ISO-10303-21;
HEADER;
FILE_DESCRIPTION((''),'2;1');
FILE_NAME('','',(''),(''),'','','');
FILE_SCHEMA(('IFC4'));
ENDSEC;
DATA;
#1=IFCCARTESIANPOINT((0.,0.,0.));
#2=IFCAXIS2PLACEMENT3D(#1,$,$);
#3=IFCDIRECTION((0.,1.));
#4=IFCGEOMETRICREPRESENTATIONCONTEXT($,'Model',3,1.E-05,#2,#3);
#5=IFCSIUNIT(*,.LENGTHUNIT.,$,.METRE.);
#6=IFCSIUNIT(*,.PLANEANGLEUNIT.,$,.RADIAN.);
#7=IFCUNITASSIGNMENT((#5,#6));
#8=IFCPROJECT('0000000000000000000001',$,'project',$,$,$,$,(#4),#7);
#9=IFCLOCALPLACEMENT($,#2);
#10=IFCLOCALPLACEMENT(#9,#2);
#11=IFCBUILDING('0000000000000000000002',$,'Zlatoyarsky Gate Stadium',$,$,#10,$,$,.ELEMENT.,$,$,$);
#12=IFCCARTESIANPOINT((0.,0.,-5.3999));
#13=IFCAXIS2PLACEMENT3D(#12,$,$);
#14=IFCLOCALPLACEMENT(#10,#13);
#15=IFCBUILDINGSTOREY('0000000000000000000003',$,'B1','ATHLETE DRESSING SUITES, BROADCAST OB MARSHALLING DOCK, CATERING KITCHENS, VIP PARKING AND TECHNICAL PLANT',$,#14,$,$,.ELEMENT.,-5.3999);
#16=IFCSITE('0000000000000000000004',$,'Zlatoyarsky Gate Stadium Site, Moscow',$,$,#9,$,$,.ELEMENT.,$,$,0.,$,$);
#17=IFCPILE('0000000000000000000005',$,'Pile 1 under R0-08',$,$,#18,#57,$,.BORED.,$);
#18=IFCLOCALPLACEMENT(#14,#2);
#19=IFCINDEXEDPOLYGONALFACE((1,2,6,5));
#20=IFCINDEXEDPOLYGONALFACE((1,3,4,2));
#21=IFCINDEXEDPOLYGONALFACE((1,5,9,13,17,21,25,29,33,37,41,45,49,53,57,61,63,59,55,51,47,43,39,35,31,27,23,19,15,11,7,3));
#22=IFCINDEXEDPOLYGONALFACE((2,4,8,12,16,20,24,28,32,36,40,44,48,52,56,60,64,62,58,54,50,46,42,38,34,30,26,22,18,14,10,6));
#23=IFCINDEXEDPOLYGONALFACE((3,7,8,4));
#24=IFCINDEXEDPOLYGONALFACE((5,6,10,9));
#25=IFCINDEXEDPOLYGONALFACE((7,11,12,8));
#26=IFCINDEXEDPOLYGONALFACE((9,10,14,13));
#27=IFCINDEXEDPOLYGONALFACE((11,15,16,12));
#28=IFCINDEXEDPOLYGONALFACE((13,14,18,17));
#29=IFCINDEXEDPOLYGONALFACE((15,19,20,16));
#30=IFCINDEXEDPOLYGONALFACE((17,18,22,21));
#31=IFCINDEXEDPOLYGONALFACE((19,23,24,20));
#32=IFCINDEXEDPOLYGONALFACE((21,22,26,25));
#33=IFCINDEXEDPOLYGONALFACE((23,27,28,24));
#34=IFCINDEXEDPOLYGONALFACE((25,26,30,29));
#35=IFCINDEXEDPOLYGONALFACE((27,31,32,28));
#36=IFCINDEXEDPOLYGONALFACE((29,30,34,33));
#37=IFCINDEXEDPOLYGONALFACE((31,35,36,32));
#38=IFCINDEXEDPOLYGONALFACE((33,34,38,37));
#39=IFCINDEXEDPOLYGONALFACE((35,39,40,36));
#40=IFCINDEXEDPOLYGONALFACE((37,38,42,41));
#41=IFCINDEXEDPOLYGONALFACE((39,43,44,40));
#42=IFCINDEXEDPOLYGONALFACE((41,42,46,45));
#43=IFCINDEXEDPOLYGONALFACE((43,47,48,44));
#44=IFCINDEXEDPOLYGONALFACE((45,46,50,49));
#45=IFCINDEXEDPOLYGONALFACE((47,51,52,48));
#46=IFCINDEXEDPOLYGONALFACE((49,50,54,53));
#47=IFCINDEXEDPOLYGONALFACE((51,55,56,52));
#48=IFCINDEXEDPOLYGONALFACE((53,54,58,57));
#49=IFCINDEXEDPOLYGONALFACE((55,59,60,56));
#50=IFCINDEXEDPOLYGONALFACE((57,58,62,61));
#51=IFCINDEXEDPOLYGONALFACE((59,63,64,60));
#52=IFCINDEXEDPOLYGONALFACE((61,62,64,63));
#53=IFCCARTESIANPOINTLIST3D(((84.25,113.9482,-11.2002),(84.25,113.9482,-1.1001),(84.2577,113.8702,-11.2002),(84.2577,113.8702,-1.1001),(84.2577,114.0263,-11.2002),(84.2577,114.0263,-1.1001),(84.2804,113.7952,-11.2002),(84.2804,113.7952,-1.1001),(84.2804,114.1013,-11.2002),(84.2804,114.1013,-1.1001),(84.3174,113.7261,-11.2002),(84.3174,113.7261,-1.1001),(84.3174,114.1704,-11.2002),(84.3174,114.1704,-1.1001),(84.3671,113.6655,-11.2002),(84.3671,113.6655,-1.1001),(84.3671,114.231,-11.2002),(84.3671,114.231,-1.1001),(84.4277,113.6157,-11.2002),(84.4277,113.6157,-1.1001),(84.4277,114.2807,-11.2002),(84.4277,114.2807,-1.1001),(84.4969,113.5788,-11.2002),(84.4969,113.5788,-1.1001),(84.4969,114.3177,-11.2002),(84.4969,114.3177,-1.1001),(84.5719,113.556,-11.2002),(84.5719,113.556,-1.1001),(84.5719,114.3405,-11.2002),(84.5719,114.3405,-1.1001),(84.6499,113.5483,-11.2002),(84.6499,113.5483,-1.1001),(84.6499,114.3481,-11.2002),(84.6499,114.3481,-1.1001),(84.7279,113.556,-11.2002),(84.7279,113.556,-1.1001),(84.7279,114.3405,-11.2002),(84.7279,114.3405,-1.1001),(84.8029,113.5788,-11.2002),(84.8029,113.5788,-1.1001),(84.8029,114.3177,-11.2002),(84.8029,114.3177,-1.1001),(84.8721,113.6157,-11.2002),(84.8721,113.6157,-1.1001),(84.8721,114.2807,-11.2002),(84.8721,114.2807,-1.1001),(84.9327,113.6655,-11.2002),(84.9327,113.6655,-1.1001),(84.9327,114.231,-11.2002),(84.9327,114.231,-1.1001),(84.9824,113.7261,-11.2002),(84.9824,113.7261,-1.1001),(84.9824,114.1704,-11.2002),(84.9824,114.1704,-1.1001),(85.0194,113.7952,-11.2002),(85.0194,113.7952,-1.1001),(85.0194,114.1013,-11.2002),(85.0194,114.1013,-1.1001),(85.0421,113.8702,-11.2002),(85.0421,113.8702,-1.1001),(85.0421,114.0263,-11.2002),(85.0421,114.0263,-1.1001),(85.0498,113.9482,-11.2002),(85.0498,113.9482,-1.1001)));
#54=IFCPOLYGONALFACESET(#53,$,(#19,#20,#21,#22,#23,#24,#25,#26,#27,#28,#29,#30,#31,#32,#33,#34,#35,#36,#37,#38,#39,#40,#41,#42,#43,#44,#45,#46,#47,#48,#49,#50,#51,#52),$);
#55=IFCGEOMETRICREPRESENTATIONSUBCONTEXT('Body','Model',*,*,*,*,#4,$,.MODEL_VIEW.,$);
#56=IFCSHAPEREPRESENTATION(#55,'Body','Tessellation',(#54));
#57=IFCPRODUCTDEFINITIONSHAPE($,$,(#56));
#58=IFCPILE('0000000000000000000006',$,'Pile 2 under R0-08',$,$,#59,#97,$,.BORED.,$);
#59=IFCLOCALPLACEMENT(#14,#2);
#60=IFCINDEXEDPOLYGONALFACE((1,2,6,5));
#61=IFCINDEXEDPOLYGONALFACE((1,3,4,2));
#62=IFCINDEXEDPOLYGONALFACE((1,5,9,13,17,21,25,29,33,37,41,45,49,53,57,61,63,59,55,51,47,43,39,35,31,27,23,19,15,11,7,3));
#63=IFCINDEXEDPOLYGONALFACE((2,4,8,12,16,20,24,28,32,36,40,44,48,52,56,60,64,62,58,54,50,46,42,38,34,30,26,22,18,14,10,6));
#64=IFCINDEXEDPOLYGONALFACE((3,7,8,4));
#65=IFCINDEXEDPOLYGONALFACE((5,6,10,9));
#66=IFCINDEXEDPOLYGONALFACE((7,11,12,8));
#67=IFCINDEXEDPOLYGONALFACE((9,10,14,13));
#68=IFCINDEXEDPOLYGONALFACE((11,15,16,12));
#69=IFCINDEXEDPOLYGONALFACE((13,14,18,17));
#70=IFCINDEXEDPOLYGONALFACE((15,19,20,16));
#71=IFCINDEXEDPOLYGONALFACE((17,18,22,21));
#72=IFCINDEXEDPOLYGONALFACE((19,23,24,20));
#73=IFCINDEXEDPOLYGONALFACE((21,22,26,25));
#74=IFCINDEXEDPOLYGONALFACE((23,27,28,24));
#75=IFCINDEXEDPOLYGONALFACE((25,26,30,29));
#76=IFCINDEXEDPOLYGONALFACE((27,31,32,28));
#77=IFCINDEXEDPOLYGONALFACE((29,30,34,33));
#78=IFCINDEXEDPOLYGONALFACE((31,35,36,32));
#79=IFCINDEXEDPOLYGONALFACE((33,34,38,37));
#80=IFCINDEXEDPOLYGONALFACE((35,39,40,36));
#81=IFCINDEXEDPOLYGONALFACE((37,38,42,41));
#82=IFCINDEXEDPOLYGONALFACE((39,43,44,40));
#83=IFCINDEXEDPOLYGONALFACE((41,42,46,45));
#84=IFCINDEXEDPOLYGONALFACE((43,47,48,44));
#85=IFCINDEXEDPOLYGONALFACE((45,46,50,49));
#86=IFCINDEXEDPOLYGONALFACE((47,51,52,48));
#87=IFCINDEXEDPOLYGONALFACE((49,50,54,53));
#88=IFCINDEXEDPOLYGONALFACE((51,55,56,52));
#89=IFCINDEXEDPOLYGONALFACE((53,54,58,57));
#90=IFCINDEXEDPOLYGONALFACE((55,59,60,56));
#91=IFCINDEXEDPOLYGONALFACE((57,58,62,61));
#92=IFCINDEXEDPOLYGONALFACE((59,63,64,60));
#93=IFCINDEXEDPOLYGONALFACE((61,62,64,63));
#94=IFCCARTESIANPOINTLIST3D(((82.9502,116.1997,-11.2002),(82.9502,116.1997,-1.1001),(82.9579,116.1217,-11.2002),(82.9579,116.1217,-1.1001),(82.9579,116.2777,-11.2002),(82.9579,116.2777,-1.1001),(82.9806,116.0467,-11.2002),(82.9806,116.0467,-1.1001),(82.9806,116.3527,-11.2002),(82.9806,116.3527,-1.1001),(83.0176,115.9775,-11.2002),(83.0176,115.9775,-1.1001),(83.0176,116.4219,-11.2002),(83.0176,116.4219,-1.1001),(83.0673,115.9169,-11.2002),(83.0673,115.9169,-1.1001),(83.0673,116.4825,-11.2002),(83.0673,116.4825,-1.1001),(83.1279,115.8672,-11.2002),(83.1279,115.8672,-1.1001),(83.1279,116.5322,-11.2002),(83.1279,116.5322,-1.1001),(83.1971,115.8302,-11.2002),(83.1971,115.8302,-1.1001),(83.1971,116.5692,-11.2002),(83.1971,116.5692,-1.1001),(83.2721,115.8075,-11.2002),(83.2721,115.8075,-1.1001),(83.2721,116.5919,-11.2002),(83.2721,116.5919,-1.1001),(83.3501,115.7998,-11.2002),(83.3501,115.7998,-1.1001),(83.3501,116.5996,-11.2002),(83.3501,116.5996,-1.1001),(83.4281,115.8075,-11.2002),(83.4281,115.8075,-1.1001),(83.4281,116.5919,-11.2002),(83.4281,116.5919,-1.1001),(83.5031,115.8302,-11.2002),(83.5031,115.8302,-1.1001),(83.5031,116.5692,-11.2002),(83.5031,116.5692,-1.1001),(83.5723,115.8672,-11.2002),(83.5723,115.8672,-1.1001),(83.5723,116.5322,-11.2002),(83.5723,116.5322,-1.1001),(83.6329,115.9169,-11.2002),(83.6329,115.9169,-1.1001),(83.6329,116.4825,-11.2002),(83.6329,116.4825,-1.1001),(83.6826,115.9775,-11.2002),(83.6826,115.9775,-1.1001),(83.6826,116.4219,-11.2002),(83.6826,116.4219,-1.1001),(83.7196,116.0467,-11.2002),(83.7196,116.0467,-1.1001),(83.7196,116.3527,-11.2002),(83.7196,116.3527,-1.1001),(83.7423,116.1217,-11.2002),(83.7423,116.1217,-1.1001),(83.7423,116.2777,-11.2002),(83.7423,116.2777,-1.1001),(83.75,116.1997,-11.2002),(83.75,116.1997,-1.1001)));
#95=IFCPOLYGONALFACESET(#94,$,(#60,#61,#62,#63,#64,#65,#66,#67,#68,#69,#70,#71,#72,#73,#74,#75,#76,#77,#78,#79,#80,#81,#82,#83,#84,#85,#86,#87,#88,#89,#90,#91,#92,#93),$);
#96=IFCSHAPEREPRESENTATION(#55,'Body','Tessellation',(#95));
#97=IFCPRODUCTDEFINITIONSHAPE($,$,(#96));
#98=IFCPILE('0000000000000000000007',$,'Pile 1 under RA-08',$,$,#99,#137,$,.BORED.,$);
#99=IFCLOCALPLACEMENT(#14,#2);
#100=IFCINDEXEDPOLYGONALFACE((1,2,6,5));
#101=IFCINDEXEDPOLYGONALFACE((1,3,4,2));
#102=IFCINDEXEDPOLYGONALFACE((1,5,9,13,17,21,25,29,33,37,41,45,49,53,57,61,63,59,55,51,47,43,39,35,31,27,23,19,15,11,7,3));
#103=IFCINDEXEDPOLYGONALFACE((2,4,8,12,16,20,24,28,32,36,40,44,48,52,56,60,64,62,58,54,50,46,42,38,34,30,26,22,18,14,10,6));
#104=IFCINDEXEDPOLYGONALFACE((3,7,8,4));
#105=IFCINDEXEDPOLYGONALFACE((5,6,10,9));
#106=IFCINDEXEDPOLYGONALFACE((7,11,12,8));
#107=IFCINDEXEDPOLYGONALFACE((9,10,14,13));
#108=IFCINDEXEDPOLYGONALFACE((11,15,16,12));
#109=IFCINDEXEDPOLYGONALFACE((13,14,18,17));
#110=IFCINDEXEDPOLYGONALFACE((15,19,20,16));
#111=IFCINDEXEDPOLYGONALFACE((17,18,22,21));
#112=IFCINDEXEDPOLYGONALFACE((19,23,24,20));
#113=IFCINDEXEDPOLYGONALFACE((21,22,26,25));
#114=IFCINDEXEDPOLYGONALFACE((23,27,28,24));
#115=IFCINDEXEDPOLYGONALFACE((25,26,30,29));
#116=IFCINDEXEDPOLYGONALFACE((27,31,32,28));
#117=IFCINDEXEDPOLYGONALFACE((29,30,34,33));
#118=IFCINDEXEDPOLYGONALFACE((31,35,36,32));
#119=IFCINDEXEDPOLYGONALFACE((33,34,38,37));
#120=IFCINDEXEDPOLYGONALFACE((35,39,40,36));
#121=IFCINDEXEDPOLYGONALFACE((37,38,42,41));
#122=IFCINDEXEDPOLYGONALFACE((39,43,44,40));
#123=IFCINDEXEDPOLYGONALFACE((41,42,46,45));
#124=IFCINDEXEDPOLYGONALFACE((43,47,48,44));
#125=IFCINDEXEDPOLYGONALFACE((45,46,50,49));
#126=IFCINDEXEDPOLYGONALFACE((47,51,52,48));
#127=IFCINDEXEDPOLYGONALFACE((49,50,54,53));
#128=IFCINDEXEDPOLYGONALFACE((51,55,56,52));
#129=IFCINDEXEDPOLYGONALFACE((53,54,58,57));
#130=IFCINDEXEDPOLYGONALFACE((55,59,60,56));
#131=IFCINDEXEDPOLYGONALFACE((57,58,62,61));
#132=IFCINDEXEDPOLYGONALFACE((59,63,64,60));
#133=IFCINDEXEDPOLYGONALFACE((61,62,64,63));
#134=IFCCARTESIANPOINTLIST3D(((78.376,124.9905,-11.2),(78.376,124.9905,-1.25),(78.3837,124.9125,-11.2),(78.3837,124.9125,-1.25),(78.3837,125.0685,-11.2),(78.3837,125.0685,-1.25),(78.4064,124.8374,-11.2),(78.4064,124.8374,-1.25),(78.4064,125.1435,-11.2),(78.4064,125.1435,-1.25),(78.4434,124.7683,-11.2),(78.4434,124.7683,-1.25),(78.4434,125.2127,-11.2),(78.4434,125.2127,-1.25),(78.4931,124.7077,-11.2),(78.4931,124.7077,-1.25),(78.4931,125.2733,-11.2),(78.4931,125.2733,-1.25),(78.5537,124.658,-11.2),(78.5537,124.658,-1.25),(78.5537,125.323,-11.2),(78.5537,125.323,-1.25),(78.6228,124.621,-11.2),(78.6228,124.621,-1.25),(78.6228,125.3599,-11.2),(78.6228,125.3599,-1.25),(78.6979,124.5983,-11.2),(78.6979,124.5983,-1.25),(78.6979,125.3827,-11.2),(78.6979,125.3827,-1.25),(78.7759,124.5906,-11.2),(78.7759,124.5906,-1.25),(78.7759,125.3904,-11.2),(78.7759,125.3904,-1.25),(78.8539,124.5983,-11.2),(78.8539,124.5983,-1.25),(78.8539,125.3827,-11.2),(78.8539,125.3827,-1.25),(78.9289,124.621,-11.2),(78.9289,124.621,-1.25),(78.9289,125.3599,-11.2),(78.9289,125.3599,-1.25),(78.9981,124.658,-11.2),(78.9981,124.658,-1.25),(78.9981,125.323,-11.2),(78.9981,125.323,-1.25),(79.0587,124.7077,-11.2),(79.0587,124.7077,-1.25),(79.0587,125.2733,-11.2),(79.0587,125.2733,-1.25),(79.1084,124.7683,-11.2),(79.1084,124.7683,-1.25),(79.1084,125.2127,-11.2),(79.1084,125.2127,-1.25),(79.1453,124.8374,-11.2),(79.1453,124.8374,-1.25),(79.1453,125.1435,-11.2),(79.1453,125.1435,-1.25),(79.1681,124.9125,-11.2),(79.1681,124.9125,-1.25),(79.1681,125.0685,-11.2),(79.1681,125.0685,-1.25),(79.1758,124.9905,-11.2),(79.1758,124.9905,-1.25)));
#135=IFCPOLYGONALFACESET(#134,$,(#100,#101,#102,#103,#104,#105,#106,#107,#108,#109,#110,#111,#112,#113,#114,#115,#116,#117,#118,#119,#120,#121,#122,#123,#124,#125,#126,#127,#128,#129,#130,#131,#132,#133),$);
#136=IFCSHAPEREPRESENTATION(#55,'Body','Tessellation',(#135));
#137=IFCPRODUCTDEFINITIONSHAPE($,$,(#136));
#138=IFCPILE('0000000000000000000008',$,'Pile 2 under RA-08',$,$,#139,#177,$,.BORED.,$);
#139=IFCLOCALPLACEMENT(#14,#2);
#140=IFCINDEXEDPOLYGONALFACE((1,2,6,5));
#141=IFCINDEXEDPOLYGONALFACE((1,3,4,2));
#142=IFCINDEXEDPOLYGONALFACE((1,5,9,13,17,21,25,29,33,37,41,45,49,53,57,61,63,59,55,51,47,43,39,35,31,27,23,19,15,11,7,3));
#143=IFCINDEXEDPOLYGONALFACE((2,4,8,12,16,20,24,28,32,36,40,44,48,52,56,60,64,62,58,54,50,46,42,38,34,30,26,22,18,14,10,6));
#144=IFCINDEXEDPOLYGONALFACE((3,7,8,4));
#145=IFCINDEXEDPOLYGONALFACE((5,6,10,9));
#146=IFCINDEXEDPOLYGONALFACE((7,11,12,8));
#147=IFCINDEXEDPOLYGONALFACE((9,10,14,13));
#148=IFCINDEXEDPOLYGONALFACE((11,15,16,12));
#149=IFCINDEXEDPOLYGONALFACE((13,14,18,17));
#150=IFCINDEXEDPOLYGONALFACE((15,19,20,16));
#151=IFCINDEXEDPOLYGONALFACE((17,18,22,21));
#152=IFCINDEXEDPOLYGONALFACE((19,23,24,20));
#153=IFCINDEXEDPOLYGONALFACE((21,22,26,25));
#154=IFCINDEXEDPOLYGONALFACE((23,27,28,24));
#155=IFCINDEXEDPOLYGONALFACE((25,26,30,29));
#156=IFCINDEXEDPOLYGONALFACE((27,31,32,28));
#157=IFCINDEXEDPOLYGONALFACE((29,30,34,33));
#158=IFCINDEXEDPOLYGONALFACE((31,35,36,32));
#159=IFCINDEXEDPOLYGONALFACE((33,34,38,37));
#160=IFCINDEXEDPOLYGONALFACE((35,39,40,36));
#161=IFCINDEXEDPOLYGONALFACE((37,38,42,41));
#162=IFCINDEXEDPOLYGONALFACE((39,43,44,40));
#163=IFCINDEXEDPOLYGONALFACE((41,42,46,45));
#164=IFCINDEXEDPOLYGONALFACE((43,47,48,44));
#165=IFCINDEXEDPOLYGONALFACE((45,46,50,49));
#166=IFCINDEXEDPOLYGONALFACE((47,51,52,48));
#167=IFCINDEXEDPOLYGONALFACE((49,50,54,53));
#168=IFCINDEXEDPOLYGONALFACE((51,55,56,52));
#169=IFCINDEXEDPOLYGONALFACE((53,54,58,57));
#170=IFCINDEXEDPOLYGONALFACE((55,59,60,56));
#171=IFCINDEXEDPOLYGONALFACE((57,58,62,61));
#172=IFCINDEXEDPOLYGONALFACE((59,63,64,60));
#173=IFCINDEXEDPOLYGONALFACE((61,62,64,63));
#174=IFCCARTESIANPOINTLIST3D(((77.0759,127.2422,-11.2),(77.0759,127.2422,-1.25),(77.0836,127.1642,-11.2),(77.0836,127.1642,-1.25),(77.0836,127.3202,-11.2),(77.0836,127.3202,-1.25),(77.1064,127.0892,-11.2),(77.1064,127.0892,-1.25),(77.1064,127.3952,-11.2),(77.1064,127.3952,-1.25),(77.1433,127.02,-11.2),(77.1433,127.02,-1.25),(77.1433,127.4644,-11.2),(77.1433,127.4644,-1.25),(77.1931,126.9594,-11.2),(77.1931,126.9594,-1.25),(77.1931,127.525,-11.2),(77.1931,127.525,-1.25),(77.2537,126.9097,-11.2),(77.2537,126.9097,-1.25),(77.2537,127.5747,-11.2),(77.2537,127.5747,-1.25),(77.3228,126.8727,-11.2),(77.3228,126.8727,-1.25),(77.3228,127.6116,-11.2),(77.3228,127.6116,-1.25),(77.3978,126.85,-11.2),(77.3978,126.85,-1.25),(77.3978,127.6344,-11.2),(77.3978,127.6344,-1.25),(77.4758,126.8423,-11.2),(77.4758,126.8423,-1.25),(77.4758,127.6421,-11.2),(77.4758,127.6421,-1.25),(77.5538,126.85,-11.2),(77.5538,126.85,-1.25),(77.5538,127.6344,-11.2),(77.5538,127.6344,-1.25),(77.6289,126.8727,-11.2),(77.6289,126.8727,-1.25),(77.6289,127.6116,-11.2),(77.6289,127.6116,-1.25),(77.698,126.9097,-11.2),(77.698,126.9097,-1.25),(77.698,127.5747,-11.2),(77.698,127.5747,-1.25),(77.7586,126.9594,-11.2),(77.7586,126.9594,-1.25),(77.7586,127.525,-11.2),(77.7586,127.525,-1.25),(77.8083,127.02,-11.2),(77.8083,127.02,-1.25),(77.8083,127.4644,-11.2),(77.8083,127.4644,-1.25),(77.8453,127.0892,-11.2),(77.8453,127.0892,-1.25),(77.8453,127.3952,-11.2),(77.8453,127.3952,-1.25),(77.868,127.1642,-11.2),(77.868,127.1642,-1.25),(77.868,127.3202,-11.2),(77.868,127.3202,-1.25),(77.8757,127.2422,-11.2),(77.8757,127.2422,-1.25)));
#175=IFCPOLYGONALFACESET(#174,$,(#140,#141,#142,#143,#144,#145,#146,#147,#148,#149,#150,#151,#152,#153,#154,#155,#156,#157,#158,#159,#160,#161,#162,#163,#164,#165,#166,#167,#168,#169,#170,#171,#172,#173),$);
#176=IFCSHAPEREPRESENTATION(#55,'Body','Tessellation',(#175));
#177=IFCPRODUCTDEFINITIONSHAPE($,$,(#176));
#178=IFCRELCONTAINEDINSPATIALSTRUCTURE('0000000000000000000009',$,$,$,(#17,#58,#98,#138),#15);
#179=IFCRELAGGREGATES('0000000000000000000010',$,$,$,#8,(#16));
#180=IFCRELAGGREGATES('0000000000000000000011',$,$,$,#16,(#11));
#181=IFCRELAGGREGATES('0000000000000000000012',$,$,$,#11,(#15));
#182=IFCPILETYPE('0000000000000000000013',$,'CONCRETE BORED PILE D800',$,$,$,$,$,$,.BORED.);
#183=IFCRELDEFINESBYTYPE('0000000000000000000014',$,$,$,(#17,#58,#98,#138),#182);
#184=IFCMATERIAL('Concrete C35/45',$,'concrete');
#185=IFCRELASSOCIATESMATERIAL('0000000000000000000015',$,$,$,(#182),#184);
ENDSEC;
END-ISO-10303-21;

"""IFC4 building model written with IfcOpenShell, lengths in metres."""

from ifc_helpers import new_model, si_unit, direction, frame, origin, origin_2d, place, context, subcontext, project, spatial, circle, extrude, material, material_profile, profile_set, type_object, element, save


model = new_model("IFC4")

# Units and contexts
model_context = context("Model", 3, precision=1e-05, world=origin(), true_north=direction((0.0, 1.0)))
body_context = subcontext(model_context, "Body", "Model", "MODEL_VIEW")
ifc_project = project(units=[si_unit("LENGTHUNIT", "METRE"), si_unit("PLANEANGLEUNIT", "RADIAN")], contexts=[model_context])

# Site, building, storey
site_placement = place(None, origin())
site = spatial("IfcSite", under=ifc_project, at=site_placement, Name="Zlatoyarsky Gate Stadium Site, Moscow", CompositionType="ELEMENT", RefElevation=0.0)
building_placement = place(site_placement, origin())
building = spatial("IfcBuilding", under=site, at=building_placement, Name="Zlatoyarsky Gate Stadium", CompositionType="ELEMENT")
storey_placement = place(building_placement, frame((0.0, 0.0, -5.3999)))
storey = spatial("IfcBuildingStorey", under=building, at=storey_placement, Name="B1", Description="ATHLETE DRESSING SUITES, BROADCAST OB MARSHALLING DOCK, CATERING KITCHENS, VIP PARKING AND TECHNICAL PLANT", CompositionType="ELEMENT", Elevation=-5.3999)

# Piles
ifc_material_1 = material(Name="Concrete C35/45", Category="concrete")
ifc_material_profile_1 = material_profile(ifc_material_1, circle(Radius=0.3999, at=origin_2d()), Name="BORED PILE D800")
ifc_profile_set_1 = profile_set([ifc_material_profile_1], Name="Concrete C35/45")
pile_type_1 = type_object("IfcPileType", Name="CONCRETE BORED PILE D800", PredefinedType="BORED", material=ifc_profile_set_1)
for number, where, z_axis, x_axis, name in (
    (1, (84.6499, 113.9482, -1.1001), (0.0, 0.0, -1.0), (1.0, 0.0, 0.0), "Pile 1 under R0-08"),
    (2, (83.3501, 116.1997, -1.1001), (0.0, 0.0, -1.0), (1.0, 0.0, 0.0), "Pile 2 under R0-08"),
):
    element("IfcPile", number, at=place(storey_placement, frame(where, z_axis=z_axis, x_axis=x_axis)), inside=storey, type_object=pile_type_1, Name=name, PredefinedType="BORED", context=body_context, shape_type="SweptSolid", body=[
        extrude(circle(Radius=0.3999, at=origin_2d()), origin(), (0.0, 0.0, 1.0), 10.1001),
    ])
for number, where, z_axis, x_axis, name in (
    (3, (78.7759, 124.9905, -1.25), (0.0, 0.0, -1.0), (1.0, 0.0, 0.0), "Pile 1 under RA-08"),
    (4, (77.4758, 127.2422, -1.25), (0.0, 0.0, -1.0), (1.0, 0.0, 0.0), "Pile 2 under RA-08"),
):
    element("IfcPile", number, at=place(storey_placement, frame(where, z_axis=z_axis, x_axis=x_axis)), inside=storey, type_object=pile_type_1, Name=name, PredefinedType="BORED", context=body_context, shape_type="SweptSolid", body=[
        extrude(circle(Radius=0.3999, at=origin_2d()), origin(), (0.0, 0.0, 1.0), 9.95),
    ])

save(model, "model.ifc")
